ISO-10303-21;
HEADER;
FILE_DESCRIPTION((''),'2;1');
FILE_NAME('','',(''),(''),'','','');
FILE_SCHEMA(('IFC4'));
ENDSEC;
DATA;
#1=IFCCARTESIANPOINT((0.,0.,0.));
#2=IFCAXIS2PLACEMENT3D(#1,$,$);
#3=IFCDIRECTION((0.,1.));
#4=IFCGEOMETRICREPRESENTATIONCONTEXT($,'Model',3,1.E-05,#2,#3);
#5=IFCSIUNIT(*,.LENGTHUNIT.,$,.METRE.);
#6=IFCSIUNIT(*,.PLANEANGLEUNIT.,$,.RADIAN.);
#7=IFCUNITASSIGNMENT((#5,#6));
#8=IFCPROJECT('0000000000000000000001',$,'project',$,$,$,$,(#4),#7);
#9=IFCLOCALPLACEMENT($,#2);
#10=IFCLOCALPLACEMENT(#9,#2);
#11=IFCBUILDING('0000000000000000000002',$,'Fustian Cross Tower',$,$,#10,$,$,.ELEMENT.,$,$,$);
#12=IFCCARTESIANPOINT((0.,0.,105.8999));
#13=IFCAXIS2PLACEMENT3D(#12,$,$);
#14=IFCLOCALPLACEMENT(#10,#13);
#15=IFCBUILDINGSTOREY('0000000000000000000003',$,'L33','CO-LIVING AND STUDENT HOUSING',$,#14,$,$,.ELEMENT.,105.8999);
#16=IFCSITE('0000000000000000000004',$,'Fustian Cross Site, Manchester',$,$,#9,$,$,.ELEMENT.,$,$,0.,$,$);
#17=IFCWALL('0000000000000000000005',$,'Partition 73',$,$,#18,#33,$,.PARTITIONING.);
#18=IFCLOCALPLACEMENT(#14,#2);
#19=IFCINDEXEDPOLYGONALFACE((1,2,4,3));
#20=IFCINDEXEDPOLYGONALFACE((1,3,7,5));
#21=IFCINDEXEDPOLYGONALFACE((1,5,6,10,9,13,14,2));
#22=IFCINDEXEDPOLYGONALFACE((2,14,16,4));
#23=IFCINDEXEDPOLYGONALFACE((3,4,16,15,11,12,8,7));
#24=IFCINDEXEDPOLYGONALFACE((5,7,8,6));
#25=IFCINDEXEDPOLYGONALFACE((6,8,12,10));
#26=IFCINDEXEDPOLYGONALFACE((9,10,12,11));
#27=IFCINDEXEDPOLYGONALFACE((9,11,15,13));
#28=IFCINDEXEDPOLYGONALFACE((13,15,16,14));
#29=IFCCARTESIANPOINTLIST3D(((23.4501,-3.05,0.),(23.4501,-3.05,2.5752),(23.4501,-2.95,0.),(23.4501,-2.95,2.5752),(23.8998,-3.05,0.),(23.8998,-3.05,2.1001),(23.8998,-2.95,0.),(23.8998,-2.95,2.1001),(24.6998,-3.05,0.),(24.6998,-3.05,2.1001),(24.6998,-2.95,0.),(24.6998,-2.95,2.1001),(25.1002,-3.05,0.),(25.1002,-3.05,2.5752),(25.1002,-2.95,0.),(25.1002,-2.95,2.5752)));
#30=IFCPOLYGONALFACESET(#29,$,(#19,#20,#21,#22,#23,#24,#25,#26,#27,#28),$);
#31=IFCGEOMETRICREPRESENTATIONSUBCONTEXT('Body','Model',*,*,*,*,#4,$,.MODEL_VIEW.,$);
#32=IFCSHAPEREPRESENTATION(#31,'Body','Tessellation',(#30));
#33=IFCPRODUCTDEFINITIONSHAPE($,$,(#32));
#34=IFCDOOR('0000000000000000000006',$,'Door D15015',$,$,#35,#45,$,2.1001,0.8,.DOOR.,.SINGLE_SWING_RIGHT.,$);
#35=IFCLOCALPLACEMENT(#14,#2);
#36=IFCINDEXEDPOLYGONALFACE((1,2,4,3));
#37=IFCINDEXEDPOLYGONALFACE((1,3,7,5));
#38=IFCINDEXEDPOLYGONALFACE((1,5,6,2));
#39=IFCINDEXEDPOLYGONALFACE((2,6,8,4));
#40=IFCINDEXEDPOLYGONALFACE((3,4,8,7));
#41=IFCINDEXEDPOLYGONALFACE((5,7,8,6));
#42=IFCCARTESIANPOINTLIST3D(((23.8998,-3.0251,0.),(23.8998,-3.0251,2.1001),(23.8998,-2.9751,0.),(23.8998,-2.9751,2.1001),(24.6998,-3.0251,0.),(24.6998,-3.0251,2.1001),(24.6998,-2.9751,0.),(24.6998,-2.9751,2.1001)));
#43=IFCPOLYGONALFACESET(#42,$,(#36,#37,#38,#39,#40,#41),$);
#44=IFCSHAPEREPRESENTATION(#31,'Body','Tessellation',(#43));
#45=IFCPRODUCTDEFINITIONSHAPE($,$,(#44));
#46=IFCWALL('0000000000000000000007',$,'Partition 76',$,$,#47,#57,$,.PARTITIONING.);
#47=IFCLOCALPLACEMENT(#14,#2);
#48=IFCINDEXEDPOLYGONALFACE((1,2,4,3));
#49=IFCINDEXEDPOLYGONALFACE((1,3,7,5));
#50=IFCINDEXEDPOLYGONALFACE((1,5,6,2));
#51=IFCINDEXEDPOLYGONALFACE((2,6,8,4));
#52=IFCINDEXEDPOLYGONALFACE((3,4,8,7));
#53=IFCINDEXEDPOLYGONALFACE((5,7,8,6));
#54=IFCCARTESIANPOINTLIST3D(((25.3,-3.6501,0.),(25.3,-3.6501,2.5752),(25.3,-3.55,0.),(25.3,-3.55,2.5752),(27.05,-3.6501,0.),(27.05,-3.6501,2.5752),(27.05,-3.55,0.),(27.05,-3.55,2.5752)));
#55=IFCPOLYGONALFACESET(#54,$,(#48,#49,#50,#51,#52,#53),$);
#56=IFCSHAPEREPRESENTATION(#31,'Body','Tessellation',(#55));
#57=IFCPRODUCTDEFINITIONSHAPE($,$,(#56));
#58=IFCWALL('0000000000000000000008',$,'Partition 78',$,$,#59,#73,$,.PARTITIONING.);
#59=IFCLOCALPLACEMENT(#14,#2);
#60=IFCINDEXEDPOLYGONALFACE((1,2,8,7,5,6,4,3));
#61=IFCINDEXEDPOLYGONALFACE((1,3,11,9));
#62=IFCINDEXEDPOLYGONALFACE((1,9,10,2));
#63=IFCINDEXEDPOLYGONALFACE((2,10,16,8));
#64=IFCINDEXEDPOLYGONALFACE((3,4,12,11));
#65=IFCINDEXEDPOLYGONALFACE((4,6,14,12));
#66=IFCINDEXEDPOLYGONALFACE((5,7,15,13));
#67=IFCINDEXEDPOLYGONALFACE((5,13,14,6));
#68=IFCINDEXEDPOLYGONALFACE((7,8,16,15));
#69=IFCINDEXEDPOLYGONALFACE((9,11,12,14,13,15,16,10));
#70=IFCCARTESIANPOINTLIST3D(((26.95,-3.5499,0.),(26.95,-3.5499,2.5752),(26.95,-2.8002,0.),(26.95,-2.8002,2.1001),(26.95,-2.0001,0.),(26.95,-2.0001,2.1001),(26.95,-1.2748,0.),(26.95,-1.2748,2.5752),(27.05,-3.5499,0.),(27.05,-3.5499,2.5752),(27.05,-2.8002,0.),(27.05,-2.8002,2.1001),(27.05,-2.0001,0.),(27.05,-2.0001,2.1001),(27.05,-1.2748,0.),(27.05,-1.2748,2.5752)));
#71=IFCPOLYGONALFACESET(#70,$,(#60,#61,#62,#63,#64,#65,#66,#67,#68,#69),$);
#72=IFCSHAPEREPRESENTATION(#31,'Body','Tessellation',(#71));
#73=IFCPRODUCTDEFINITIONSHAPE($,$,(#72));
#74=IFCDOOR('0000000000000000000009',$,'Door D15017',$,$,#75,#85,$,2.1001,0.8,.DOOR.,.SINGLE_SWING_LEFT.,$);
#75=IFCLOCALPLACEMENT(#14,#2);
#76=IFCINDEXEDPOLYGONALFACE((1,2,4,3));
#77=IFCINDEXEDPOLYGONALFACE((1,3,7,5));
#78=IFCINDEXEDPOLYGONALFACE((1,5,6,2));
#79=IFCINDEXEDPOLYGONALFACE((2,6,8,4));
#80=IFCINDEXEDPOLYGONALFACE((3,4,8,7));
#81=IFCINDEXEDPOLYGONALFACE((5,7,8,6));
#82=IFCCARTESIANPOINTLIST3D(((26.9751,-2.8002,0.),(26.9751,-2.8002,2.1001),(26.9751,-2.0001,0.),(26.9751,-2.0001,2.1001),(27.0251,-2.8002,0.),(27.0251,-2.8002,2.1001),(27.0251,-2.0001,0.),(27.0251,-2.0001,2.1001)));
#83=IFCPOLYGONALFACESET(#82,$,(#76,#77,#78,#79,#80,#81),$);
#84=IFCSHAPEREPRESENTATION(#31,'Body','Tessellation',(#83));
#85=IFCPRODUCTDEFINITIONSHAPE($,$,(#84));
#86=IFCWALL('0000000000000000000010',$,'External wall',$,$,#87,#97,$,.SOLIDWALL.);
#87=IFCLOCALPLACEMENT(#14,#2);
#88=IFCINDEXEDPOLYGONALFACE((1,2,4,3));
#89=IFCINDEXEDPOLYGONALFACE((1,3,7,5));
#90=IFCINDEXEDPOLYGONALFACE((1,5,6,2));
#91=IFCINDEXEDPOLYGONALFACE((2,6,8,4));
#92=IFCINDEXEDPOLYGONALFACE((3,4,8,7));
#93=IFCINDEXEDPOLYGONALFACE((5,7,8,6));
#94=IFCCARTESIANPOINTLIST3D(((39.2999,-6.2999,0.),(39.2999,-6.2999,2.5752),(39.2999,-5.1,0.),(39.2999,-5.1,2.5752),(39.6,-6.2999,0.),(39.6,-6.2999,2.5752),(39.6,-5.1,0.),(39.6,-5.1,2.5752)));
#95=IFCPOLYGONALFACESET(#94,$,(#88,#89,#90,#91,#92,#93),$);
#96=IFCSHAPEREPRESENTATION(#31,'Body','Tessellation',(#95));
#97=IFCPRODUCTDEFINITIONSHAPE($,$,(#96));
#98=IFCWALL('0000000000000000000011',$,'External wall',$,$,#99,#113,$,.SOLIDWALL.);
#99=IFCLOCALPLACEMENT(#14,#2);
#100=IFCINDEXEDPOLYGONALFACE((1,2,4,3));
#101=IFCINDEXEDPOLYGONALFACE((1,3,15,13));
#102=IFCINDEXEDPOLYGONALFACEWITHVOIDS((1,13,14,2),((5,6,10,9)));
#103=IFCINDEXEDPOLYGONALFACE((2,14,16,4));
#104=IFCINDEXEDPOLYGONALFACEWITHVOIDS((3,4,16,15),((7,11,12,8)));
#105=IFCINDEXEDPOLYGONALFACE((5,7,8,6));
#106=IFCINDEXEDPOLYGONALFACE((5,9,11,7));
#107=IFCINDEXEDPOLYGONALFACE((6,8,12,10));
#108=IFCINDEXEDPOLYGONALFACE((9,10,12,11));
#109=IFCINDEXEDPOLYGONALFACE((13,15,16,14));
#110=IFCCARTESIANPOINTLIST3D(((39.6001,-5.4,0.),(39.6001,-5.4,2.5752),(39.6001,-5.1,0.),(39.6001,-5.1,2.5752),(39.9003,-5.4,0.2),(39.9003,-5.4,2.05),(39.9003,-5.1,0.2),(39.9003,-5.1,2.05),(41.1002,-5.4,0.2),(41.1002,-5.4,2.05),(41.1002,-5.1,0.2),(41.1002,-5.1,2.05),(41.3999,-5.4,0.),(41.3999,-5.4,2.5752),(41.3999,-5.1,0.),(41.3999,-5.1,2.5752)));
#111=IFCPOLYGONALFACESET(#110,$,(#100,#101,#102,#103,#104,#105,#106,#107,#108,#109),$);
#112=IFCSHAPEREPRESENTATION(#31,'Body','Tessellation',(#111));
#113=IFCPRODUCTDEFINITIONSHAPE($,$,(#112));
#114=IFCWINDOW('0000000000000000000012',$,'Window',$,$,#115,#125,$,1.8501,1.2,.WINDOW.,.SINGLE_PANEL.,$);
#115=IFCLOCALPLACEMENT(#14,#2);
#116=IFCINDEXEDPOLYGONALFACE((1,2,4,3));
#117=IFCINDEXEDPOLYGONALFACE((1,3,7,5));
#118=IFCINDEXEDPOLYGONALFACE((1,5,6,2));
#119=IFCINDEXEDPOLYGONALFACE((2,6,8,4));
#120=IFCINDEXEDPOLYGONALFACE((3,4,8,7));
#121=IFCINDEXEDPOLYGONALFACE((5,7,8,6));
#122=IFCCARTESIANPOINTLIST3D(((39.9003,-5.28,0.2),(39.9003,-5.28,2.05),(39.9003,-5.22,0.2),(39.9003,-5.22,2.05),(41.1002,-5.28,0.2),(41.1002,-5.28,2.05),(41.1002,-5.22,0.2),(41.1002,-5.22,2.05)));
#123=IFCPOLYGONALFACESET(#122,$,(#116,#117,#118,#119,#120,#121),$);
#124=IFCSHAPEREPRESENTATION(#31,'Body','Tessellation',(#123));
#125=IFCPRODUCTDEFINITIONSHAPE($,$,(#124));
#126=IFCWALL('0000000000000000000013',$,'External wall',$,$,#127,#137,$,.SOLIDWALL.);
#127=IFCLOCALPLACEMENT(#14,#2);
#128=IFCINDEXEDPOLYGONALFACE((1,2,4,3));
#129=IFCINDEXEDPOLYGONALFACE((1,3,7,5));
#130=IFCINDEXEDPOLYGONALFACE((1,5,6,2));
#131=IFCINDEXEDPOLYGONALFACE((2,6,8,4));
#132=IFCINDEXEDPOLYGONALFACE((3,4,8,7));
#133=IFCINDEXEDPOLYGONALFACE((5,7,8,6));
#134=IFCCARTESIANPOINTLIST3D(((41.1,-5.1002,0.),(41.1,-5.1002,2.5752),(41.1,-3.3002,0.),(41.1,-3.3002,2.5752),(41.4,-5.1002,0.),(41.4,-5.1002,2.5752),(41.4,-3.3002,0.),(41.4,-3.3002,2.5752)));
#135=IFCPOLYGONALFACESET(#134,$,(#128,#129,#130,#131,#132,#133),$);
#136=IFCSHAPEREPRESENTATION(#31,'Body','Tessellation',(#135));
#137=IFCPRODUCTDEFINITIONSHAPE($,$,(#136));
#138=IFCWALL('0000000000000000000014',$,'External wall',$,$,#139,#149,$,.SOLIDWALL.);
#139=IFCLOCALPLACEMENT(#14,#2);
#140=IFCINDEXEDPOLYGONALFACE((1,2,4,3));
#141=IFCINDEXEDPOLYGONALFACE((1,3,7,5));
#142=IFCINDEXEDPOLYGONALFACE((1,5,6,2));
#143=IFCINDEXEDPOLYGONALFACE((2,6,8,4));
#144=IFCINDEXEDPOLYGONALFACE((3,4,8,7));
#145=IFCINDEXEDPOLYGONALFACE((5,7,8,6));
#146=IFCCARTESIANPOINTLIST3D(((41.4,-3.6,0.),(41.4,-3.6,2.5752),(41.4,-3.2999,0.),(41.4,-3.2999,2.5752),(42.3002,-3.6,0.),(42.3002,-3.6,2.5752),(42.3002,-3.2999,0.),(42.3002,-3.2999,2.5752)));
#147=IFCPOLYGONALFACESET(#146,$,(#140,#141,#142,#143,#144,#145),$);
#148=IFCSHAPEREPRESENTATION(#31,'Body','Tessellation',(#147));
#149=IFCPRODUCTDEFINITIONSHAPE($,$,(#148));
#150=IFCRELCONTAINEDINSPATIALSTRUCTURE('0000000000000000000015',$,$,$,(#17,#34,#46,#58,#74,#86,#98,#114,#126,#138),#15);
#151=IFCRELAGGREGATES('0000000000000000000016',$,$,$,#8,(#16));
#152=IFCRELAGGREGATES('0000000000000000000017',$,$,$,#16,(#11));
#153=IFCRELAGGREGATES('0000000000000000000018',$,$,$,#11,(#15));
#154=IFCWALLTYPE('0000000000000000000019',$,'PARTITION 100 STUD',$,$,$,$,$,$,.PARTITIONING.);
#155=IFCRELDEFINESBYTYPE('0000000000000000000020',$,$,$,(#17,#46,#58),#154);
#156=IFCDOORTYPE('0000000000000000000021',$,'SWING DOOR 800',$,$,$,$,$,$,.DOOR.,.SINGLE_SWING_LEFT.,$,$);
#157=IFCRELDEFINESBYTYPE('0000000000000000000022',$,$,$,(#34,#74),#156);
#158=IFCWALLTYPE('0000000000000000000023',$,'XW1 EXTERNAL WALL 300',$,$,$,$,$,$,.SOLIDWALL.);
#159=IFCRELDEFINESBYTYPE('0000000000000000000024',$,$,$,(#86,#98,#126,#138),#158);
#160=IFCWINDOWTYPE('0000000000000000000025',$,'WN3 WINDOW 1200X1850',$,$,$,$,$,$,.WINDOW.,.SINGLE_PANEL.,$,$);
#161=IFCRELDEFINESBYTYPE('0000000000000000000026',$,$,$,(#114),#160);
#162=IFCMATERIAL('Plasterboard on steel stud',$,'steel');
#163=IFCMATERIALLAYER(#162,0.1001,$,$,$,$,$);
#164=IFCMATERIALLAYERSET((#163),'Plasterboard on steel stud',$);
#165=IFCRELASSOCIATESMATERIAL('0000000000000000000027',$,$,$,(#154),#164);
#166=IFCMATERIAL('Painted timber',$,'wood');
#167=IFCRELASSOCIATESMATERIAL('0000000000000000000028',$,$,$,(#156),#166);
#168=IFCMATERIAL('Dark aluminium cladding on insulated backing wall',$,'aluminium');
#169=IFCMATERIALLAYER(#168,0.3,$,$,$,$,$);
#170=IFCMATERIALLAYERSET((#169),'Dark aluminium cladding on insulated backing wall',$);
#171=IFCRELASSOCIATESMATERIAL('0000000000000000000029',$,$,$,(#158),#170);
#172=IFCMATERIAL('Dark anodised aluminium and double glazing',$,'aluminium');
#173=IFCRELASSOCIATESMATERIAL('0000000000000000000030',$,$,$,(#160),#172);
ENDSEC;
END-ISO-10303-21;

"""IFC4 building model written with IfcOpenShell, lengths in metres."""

from ifc_helpers import new_model, si_unit, direction, frame, frame_2d, origin, place, context, subcontext, project, spatial, rectangle, extrude, material, layer, layer_set, type_object, element, fill, save


model = new_model("IFC4")

# Units and contexts
model_context = context("Model", 3, precision=1e-05, world=origin(), true_north=direction((0.0, 1.0)))
body_context = subcontext(model_context, "Body", "Model", "MODEL_VIEW")
ifc_project = project(units=[si_unit("LENGTHUNIT", "METRE"), si_unit("PLANEANGLEUNIT", "RADIAN")], contexts=[model_context])

# Site, building, storey
site_placement = place(None, origin())
site = spatial("IfcSite", under=ifc_project, at=site_placement, Name="Fustian Cross Site, Manchester", CompositionType="ELEMENT", RefElevation=0.0)
building_placement = place(site_placement, origin())
building = spatial("IfcBuilding", under=site, at=building_placement, Name="Fustian Cross Tower", CompositionType="ELEMENT")
storey_placement = place(building_placement, frame((0.0, 0.0, 105.8999)))
storey = spatial("IfcBuildingStorey", under=building, at=storey_placement, Name="L33", Description="CO-LIVING AND STUDENT HOUSING", CompositionType="ELEMENT", Elevation=105.8999)

# Shared definitions
ifc_material_1 = material(Name="Plasterboard on steel stud", Category="steel")
ifc_layer_1 = layer(ifc_material_1, 0.1001)
ifc_layer_set_1 = layer_set([ifc_layer_1], Name="Plasterboard on steel stud")
wall_type_1 = type_object("IfcWallType", Name="PARTITION 100 STUD", PredefinedType="PARTITIONING", material=ifc_layer_set_1)

# Wall, opening, door
wall_1_placement = place(storey_placement, frame((23.45, -3.0, 0.0), z_axis=(0.0, 0.0, 1.0), x_axis=(1.0, 0.0, 0.0)))
wall_1 = element("IfcWall", 1, at=wall_1_placement, inside=storey, type_object=wall_type_1, Name="Partition 73", PredefinedType="PARTITIONING", context=body_context, shape_type="SweptSolid", body=[
    extrude(rectangle(XDim=1.6501, YDim=0.1001, at=frame_2d((0.8252, 0.0))), origin(), (0.0, 0.0, 1.0), 2.5752),
])
opening_1_placement = place(wall_1_placement, frame((0.45, 0.0, 0.0)))
opening_1 = element("IfcOpeningElement", 2, at=opening_1_placement, cuts=wall_1, PredefinedType="OPENING", context=body_context, shape_type="SweptSolid", body=[
    extrude(rectangle(XDim=0.8, YDim=2.1001, at=frame_2d((0.3999, 1.05))), frame((0.0, 0.0601, 0.0), z_axis=(0.0, -1.0, 0.0), x_axis=(1.0, 0.0, 0.0)), (0.0, 0.0, 1.0), 0.1201),
])
ifc_material_2 = material(Name="Painted timber", Category="wood")
door_type_1 = type_object("IfcDoorType", Name="SWING DOOR 800", OperationType="SINGLE_SWING_LEFT", PredefinedType="DOOR", material=ifc_material_2)
door_1_placement = place(opening_1_placement, origin())
door_1 = element("IfcDoor", 3, at=door_1_placement, inside=storey, type_object=door_type_1, Name="Door D15015", OperationType="SINGLE_SWING_RIGHT", OverallHeight=2.1001, OverallWidth=0.8, PredefinedType="DOOR", context=body_context, shape_type="SweptSolid", body=[
    extrude(rectangle(XDim=0.8, YDim=2.1001, at=frame_2d((0.3999, 1.05))), frame((0.0, 0.0249, 0.0), z_axis=(0.0, -1.0, 0.0), x_axis=(1.0, 0.0, 0.0)), (0.0, 0.0, 1.0), 0.05),
])
fill(opening_1, door_1)

# Wall
wall_2_placement = place(storey_placement, frame((25.3, -3.6001, 0.0), z_axis=(0.0, 0.0, 1.0), x_axis=(1.0, 0.0, 0.0)))
element("IfcWall", 4, at=wall_2_placement, inside=storey, type_object=wall_type_1, Name="Partition 76", PredefinedType="PARTITIONING", context=body_context, shape_type="SweptSolid", body=[
    extrude(rectangle(XDim=1.75, YDim=0.1001, at=frame_2d((0.875, 0.0))), origin(), (0.0, 0.0, 1.0), 2.5752),
])

# Wall, opening, door
wall_3_placement = place(storey_placement, frame((27.0, -3.55, 0.0), z_axis=(0.0, 0.0, 1.0), x_axis=(0.0, 1.0, 0.0)))
wall_3 = element("IfcWall", 5, at=wall_3_placement, inside=storey, type_object=wall_type_1, Name="Partition 78", PredefinedType="PARTITIONING", context=body_context, shape_type="SweptSolid", body=[
    extrude(rectangle(XDim=2.2751, YDim=0.1001, at=frame_2d((1.1377, 0.0))), origin(), (0.0, 0.0, 1.0), 2.5752),
])
opening_2_placement = place(wall_3_placement, frame((0.75, 0.0, 0.0)))
opening_2 = element("IfcOpeningElement", 6, at=opening_2_placement, cuts=wall_3, PredefinedType="OPENING", context=body_context, shape_type="SweptSolid", body=[
    extrude(rectangle(XDim=0.8, YDim=2.1001, at=frame_2d((0.3999, 1.05))), frame((0.0, 0.0601, 0.0), z_axis=(0.0, -1.0, 0.0), x_axis=(1.0, 0.0, 0.0)), (0.0, 0.0, 1.0), 0.1201),
])
door_2_placement = place(opening_2_placement, origin())
door_2 = element("IfcDoor", 7, at=door_2_placement, inside=storey, type_object=door_type_1, Name="Door D15017", OperationType="SINGLE_SWING_LEFT", OverallHeight=2.1001, OverallWidth=0.8, PredefinedType="DOOR", context=body_context, shape_type="SweptSolid", body=[
    extrude(rectangle(XDim=0.8, YDim=2.1001, at=frame_2d((0.3999, 1.05))), frame((0.0, 0.0249, 0.0), z_axis=(0.0, -1.0, 0.0), x_axis=(1.0, 0.0, 0.0)), (0.0, 0.0, 1.0), 0.05),
])
fill(opening_2, door_2)

# Wall
ifc_material_3 = material(Name="Dark aluminium cladding on insulated backing wall", Category="aluminium")
ifc_layer_2 = layer(ifc_material_3, 0.3)
ifc_layer_set_2 = layer_set([ifc_layer_2], Name="Dark aluminium cladding on insulated backing wall")
wall_type_2 = type_object("IfcWallType", Name="XW1 EXTERNAL WALL 300", PredefinedType="SOLIDWALL", material=ifc_layer_set_2)
wall_4_placement = place(storey_placement, frame((39.45, -6.3, 0.0), z_axis=(0.0, 0.0, 1.0), x_axis=(0.0, 1.0, 0.0)))
element("IfcWall", 8, at=wall_4_placement, inside=storey, type_object=wall_type_2, Name="External wall", PredefinedType="SOLIDWALL", context=body_context, shape_type="SweptSolid", body=[
    extrude(rectangle(XDim=1.2, YDim=0.3, at=frame_2d((0.6001, 0.0))), origin(), (0.0, 0.0, 1.0), 2.5752),
])

# Wall, opening, window
wall_5_placement = place(storey_placement, frame((39.6001, -5.25, 0.0), z_axis=(0.0, 0.0, 1.0), x_axis=(1.0, 0.0, 0.0)))
wall_5 = element("IfcWall", 9, at=wall_5_placement, inside=storey, type_object=wall_type_2, Name="External wall", PredefinedType="SOLIDWALL", context=body_context, shape_type="SweptSolid", body=[
    extrude(rectangle(XDim=1.7998, YDim=0.3, at=frame_2d((0.8999, 0.0))), origin(), (0.0, 0.0, 1.0), 2.5752),
])
opening_3_placement = place(wall_5_placement, frame((0.3, 0.0, 0.2)))
opening_3 = element("IfcOpeningElement", 10, at=opening_3_placement, cuts=wall_5, PredefinedType="OPENING", context=body_context, shape_type="SweptSolid", body=[
    extrude(rectangle(XDim=1.2, YDim=1.8501, at=frame_2d((0.6001, 0.925))), frame((0.0, 0.1599, 0.0), z_axis=(0.0, -1.0, 0.0), x_axis=(1.0, 0.0, 0.0)), (0.0, 0.0, 1.0), 0.3201),
])
ifc_material_4 = material(Name="Dark anodised aluminium and double glazing", Category="aluminium")
window_type_1 = type_object("IfcWindowType", Name="WN3 WINDOW 1200X1850", PartitioningType="SINGLE_PANEL", PredefinedType="WINDOW", material=ifc_material_4)
window_1_placement = place(opening_3_placement, origin())
window_1 = element("IfcWindow", 11, at=window_1_placement, inside=storey, type_object=window_type_1, Name="Window", OverallHeight=1.8501, OverallWidth=1.2, PartitioningType="SINGLE_PANEL", PredefinedType="WINDOW", context=body_context, shape_type="SweptSolid", body=[
    extrude(rectangle(XDim=1.2, YDim=1.8501, at=frame_2d((0.6001, 0.925))), frame((0.0, 0.03, 0.0), z_axis=(0.0, -1.0, 0.0), x_axis=(1.0, 0.0, 0.0)), (0.0, 0.0, 1.0), 0.0601),
])
fill(opening_3, window_1)

# Walls
wall_6_placement = place(storey_placement, frame((41.25, -5.1001, 0.0), z_axis=(0.0, 0.0, 1.0), x_axis=(0.0, 1.0, 0.0)))
element("IfcWall", 12, at=wall_6_placement, inside=storey, type_object=wall_type_2, Name="External wall", PredefinedType="SOLIDWALL", context=body_context, shape_type="SweptSolid", body=[
    extrude(rectangle(XDim=1.8, YDim=0.3, at=frame_2d((0.8999, 0.0))), origin(), (0.0, 0.0, 1.0), 2.5752),
])
wall_7_placement = place(storey_placement, frame((41.3999, -3.45, 0.0), z_axis=(0.0, 0.0, 1.0), x_axis=(1.0, 0.0, 0.0)))
element("IfcWall", 13, at=wall_7_placement, inside=storey, type_object=wall_type_2, Name="External wall", PredefinedType="SOLIDWALL", context=body_context, shape_type="SweptSolid", body=[
    extrude(rectangle(XDim=0.9001, YDim=0.3, at=frame_2d((0.4502, 0.0))), origin(), (0.0, 0.0, 1.0), 2.5752),
])

save(model, "model.ifc")
